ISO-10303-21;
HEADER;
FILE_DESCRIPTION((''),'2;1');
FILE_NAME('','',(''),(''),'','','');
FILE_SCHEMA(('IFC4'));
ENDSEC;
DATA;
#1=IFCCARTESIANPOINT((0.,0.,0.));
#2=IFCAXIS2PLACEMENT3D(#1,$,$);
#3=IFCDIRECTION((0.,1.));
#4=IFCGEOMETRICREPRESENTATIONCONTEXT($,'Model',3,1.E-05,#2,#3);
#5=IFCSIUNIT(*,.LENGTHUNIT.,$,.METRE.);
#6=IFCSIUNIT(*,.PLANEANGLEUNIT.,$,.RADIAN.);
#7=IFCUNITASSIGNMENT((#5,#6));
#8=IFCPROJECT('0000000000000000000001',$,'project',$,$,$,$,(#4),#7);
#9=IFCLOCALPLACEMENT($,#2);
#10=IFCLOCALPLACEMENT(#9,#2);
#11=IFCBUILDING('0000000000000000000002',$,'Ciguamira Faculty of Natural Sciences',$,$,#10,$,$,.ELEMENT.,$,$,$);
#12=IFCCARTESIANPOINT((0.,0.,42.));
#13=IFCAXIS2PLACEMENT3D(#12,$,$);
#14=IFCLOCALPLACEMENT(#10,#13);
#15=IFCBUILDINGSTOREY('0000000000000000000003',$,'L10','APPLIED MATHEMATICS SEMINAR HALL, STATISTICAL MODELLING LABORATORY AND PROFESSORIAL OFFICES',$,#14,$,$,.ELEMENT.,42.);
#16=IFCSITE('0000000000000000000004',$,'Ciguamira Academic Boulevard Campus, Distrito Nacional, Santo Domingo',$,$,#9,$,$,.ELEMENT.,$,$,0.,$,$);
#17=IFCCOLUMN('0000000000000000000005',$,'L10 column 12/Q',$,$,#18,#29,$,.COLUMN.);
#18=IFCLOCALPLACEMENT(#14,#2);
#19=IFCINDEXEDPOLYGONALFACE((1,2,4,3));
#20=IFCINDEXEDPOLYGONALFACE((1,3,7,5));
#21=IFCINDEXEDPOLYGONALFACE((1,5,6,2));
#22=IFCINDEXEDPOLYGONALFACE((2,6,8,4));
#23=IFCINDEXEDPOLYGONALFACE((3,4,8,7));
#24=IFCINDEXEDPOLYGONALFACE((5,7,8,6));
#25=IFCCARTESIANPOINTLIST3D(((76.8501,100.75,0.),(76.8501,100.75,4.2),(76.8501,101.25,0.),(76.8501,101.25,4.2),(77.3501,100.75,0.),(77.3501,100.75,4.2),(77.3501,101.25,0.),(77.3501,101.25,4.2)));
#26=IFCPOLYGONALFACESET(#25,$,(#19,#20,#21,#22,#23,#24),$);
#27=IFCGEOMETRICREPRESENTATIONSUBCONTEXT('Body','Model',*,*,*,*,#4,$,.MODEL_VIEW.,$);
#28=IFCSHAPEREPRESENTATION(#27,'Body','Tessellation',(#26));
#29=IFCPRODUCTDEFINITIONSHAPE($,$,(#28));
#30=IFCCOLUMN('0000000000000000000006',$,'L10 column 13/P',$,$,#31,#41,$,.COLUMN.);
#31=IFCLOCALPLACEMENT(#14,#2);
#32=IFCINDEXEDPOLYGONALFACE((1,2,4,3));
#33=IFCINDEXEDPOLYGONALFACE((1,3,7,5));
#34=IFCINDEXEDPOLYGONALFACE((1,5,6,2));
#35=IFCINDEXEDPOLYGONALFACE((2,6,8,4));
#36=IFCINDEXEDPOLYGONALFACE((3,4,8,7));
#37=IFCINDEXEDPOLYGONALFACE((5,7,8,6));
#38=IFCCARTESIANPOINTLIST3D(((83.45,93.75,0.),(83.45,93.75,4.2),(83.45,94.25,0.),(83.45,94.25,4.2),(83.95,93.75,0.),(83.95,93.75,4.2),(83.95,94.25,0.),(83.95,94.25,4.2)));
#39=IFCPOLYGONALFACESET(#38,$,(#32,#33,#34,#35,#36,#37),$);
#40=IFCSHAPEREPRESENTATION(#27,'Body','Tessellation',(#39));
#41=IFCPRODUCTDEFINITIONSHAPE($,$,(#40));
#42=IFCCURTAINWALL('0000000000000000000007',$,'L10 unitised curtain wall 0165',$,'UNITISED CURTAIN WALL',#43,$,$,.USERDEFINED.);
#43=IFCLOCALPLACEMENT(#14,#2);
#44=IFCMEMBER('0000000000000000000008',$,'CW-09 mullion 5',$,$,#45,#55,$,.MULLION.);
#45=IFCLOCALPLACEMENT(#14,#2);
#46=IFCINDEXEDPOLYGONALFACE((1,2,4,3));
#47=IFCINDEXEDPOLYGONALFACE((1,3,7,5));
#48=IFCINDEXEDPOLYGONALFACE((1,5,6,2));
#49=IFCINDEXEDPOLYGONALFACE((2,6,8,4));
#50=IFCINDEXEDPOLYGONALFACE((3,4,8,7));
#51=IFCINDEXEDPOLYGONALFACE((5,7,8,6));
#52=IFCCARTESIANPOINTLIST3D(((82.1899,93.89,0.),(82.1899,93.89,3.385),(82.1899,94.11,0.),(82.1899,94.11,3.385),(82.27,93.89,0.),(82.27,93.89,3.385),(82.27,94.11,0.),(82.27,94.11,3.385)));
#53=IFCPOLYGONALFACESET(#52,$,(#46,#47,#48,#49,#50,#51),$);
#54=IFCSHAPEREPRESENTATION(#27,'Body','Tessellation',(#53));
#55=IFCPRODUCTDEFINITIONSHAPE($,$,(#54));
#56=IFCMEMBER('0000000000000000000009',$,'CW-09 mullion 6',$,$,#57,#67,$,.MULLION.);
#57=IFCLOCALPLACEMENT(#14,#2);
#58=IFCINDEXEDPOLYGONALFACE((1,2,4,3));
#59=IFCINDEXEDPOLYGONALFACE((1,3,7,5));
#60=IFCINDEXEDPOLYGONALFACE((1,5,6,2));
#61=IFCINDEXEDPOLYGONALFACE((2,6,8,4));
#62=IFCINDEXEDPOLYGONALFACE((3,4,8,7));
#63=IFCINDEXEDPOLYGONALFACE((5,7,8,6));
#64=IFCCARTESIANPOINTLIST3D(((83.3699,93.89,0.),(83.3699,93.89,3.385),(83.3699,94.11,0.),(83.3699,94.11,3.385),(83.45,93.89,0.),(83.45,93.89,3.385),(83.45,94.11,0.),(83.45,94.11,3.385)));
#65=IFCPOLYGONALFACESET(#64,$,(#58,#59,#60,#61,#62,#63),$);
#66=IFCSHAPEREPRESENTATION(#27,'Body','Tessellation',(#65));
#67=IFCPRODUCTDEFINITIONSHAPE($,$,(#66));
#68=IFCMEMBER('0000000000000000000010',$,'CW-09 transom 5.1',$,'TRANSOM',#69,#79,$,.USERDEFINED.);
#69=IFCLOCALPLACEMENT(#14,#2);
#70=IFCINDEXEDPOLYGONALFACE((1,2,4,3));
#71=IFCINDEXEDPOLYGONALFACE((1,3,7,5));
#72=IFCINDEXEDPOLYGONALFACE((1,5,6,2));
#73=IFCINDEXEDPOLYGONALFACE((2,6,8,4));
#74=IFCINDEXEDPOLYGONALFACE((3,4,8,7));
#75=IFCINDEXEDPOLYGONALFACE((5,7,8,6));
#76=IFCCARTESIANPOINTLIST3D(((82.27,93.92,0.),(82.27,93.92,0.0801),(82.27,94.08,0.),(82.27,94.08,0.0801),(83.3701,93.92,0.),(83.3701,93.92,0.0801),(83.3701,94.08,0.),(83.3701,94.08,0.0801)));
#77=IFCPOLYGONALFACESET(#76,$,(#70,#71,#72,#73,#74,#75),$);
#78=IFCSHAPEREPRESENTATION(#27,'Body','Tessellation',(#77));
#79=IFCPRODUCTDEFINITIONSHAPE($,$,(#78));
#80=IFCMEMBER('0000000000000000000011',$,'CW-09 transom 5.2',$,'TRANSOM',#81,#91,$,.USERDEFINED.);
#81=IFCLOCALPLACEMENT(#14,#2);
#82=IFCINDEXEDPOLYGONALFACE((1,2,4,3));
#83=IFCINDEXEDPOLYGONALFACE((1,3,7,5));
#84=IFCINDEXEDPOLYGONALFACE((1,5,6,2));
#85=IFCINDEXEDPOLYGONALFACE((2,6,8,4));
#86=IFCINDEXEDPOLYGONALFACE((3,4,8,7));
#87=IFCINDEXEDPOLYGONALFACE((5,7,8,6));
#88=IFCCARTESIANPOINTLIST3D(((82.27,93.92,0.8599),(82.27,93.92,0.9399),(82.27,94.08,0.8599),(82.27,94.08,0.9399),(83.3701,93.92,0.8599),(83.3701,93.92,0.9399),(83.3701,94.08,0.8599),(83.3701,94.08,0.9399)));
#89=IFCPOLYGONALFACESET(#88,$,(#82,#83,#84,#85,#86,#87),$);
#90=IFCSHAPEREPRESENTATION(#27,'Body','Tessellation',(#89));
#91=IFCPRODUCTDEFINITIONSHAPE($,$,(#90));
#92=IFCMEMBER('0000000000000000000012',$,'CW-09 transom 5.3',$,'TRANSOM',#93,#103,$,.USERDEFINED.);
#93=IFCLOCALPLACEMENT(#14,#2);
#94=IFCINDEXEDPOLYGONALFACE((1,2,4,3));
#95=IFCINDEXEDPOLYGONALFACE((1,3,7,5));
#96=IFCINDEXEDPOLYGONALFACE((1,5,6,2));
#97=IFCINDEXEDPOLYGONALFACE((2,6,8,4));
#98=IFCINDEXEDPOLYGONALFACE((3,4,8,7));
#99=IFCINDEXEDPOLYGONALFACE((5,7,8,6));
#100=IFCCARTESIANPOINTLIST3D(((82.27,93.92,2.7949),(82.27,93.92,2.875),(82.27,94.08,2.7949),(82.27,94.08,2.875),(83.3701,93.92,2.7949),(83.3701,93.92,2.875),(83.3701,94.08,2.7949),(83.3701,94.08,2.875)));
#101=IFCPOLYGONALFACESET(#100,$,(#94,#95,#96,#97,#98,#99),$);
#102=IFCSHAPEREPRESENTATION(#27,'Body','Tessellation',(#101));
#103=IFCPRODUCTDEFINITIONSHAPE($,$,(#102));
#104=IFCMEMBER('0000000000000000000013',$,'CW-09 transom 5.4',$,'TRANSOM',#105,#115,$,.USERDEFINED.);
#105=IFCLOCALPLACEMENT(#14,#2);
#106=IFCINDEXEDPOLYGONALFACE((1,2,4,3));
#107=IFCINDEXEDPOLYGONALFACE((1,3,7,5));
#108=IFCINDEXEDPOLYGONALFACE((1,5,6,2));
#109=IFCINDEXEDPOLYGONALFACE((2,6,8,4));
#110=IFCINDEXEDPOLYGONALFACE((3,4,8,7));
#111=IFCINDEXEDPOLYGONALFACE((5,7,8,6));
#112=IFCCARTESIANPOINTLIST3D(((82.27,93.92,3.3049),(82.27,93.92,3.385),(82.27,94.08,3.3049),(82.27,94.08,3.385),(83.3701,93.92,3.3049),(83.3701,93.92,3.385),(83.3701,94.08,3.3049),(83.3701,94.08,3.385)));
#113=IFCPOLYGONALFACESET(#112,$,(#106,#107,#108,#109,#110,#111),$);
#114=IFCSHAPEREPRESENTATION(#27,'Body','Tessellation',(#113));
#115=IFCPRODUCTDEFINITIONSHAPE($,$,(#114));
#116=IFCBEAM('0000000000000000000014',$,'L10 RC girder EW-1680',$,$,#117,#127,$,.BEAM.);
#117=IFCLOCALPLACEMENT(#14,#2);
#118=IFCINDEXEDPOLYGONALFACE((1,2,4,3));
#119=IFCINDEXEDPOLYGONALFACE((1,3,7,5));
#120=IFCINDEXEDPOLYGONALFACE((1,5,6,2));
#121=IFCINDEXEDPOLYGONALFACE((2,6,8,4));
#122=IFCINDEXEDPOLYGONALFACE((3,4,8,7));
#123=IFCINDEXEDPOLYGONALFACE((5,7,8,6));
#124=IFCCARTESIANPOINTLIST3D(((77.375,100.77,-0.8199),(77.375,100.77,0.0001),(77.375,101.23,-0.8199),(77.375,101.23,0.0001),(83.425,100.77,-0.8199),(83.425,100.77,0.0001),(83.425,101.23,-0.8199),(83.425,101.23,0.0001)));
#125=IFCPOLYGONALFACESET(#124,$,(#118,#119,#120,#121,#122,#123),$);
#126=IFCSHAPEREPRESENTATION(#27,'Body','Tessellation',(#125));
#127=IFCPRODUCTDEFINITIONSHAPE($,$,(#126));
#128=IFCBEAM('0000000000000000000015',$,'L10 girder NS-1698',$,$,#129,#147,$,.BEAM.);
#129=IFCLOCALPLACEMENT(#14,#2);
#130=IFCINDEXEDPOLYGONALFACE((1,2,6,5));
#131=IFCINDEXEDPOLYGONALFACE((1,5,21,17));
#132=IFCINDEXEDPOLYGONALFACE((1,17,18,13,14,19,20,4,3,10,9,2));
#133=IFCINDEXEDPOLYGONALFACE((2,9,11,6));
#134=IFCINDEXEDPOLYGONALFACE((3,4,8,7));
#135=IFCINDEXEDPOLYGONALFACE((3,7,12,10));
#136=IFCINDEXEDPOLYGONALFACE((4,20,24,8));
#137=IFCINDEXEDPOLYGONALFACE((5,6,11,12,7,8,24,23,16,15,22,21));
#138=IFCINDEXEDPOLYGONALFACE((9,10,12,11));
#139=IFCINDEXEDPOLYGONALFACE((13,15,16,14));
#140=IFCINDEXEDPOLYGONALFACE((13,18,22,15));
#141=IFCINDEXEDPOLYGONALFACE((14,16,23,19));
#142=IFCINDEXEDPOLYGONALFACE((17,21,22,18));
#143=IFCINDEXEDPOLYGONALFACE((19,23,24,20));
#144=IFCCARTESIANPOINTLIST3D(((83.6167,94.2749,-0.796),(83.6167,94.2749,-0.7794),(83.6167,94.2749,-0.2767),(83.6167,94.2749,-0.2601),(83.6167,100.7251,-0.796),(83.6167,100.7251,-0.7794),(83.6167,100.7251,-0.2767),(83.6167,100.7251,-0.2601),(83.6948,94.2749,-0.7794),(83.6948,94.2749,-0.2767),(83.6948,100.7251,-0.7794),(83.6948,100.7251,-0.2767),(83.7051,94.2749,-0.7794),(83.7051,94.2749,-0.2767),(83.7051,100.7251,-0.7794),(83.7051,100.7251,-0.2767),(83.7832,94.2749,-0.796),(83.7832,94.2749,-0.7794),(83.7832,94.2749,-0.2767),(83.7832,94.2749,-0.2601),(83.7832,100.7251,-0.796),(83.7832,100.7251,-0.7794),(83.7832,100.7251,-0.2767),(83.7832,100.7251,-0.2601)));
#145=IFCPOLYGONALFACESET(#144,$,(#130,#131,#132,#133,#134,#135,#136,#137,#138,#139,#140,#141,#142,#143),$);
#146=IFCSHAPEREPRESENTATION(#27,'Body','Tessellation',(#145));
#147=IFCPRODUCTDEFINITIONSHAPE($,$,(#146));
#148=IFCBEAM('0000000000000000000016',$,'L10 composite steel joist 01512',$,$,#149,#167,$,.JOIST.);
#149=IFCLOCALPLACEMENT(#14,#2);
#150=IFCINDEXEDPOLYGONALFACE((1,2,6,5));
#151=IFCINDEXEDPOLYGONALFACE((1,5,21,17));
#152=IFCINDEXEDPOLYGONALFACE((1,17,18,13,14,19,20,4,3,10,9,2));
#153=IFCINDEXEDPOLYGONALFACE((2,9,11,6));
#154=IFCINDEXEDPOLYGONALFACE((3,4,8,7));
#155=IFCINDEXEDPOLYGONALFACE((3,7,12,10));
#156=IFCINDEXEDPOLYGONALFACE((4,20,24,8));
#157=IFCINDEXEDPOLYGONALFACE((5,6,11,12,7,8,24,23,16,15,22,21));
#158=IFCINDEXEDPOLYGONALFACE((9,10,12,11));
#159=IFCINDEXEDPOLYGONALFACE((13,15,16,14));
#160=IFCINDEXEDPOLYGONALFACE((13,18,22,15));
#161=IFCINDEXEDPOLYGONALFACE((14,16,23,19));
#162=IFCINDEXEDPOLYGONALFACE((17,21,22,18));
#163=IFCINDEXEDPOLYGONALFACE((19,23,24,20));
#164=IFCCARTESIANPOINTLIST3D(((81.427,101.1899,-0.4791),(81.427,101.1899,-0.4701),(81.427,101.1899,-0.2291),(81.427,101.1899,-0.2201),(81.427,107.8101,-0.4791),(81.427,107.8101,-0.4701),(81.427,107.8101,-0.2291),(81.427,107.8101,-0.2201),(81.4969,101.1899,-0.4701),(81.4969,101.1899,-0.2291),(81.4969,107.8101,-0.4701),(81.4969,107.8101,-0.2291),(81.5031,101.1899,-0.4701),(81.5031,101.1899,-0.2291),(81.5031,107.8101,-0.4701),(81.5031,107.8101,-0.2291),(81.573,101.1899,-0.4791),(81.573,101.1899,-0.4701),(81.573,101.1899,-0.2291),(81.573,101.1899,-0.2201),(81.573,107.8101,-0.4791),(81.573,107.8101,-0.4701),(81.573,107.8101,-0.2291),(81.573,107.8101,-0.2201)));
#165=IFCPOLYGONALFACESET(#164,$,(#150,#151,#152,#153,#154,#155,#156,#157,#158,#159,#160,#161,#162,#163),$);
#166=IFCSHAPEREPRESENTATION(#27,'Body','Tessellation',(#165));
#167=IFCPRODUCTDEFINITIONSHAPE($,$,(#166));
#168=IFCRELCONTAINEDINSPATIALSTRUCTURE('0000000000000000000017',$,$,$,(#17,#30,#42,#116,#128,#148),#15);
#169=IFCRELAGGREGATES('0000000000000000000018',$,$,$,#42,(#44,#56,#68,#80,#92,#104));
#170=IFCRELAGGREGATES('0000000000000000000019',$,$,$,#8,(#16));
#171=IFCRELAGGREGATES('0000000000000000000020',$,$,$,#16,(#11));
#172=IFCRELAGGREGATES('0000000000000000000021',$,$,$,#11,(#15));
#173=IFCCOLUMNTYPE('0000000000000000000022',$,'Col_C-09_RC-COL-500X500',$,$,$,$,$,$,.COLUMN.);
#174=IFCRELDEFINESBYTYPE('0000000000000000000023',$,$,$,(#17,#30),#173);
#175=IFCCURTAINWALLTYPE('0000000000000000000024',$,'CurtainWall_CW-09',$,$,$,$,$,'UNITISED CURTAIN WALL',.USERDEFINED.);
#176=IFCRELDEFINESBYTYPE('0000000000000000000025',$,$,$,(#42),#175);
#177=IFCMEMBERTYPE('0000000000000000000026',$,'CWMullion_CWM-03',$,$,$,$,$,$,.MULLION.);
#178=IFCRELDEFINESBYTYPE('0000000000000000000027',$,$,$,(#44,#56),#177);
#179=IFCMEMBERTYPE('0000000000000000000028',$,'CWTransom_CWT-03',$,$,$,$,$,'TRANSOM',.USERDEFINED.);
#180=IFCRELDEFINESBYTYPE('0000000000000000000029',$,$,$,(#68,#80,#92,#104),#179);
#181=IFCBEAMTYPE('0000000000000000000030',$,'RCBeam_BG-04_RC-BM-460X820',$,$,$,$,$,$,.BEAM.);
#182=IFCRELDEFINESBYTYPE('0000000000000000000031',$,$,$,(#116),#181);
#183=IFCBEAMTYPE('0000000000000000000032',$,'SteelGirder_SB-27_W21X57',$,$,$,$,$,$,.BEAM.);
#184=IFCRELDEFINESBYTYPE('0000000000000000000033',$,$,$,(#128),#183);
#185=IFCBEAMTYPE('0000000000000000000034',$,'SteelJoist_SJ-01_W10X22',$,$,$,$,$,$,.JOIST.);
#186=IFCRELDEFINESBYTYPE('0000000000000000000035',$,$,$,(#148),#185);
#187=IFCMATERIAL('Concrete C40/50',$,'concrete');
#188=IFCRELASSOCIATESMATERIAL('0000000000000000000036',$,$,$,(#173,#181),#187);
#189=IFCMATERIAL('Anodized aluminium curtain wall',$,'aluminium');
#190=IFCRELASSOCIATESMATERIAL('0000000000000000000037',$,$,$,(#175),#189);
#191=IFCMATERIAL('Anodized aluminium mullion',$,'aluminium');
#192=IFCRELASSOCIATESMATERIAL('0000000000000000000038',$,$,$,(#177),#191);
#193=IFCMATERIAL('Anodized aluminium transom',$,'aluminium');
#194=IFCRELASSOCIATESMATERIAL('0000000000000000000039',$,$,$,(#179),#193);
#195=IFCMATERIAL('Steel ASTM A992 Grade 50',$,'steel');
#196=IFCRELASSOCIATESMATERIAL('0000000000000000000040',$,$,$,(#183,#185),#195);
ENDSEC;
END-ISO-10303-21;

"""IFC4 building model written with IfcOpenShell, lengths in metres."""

from ifc_helpers import new_model, si_unit, direction, frame, origin, origin_2d, place, context, subcontext, project, spatial, rectangle, i_section, extrude, material, material_profile, profile_set, type_object, element, aggregate, save


model = new_model("IFC4")

# Units and contexts
model_context = context("Model", 3, precision=1e-05, world=origin(), true_north=direction((0.0, 1.0)))
body_context = subcontext(model_context, "Body", "Model", "MODEL_VIEW")
ifc_project = project(units=[si_unit("LENGTHUNIT", "METRE"), si_unit("PLANEANGLEUNIT", "RADIAN")], contexts=[model_context])

# Site, building, storey
site_placement = place(None, origin())
site = spatial("IfcSite", under=ifc_project, at=site_placement, Name="Ciguamira Academic Boulevard Campus, Distrito Nacional, Santo Domingo", CompositionType="ELEMENT", RefElevation=0.0)
building_placement = place(site_placement, origin())
building = spatial("IfcBuilding", under=site, at=building_placement, Name="Ciguamira Faculty of Natural Sciences", CompositionType="ELEMENT")
storey_placement = place(building_placement, frame((0.0, 0.0, 42.0)))
storey = spatial("IfcBuildingStorey", under=building, at=storey_placement, Name="L10", Description="APPLIED MATHEMATICS SEMINAR HALL, STATISTICAL MODELLING LABORATORY AND PROFESSORIAL OFFICES", CompositionType="ELEMENT", Elevation=42.0)

# Columns
ifc_material_1 = material(Name="Concrete C40/50", Category="concrete")
ifc_material_profile_1 = material_profile(ifc_material_1, rectangle(XDim=0.5, YDim=0.5, at=origin_2d()), Name="RC-COL-500X500")
ifc_profile_set_1 = profile_set([ifc_material_profile_1], Name="Concrete C40/50")
column_type = type_object("IfcColumnType", Name="Col_C-09_RC-COL-500X500", PredefinedType="COLUMN", material=ifc_profile_set_1)
for number, where, z_axis, x_axis, name in (
    (1, (77.1001, 101.0, 0.0), (0.0, 0.0, 1.0), (1.0, 0.0, 0.0), "L10 column 12/Q"),
    (2, (83.7, 94.0, 0.0), (0.0, 0.0, 1.0), (1.0, 0.0, 0.0), "L10 column 13/P"),
):
    element("IfcColumn", number, at=place(storey_placement, frame(where, z_axis=z_axis, x_axis=x_axis)), inside=storey, type_object=column_type, Name=name, PredefinedType="COLUMN", context=body_context, shape_type="SweptSolid", body=[
        extrude(rectangle(XDim=0.5, YDim=0.5, at=origin_2d()), origin(), (0.0, 0.0, 1.0), 4.2),
    ])

# Curtain wall, members
ifc_material_2 = material(Name="Anodized aluminium curtain wall", Category="aluminium")
curtain_wall_type = type_object("IfcCurtainWallType", Name="CurtainWall_CW-09", ElementType="UNITISED CURTAIN WALL", PredefinedType="USERDEFINED", material=ifc_material_2)
curtain_wall_placement = place(storey_placement, origin())
curtain_wall = element("IfcCurtainWall", 3, at=curtain_wall_placement, inside=storey, type_object=curtain_wall_type, Name="L10 unitised curtain wall 0165", ObjectType="UNITISED CURTAIN WALL", PredefinedType="USERDEFINED")
ifc_material_3 = material(Name="Anodized aluminium mullion", Category="aluminium")
ifc_material_profile_2 = material_profile(ifc_material_3, rectangle(XDim=0.0801, YDim=0.22, at=origin_2d()), Name="ALU-MUL-80X220")
ifc_profile_set_2 = profile_set([ifc_material_profile_2], Name="Anodized aluminium mullion")
member_type_1 = type_object("IfcMemberType", Name="CWMullion_CWM-03", PredefinedType="MULLION", material=ifc_profile_set_2)
member_1_placement = place(storey_placement, frame((82.23, 94.0, 0.0), z_axis=(0.0, 0.0, 1.0), x_axis=(1.0, 0.0, 0.0)))
member_1 = element("IfcMember", 4, at=member_1_placement, type_object=member_type_1, Name="CW-09 mullion 5", PredefinedType="MULLION", context=body_context, shape_type="SweptSolid", body=[
    extrude(rectangle(XDim=0.0801, YDim=0.22, at=origin_2d()), origin(), (0.0, 0.0, 1.0), 3.385),
])
member_2_placement = place(storey_placement, frame((83.4099, 94.0, 0.0), z_axis=(0.0, 0.0, 1.0), x_axis=(1.0, 0.0, 0.0)))
member_2 = element("IfcMember", 5, at=member_2_placement, type_object=member_type_1, Name="CW-09 mullion 6", PredefinedType="MULLION", context=body_context, shape_type="SweptSolid", body=[
    extrude(rectangle(XDim=0.0801, YDim=0.22, at=origin_2d()), origin(), (0.0, 0.0, 1.0), 3.385),
])
ifc_material_4 = material(Name="Anodized aluminium transom", Category="aluminium")
ifc_material_profile_3 = material_profile(ifc_material_4, rectangle(XDim=0.0801, YDim=0.1599, at=origin_2d()), Name="ALU-TRN-80X160")
ifc_profile_set_3 = profile_set([ifc_material_profile_3], Name="Anodized aluminium transom")
member_type_2 = type_object("IfcMemberType", Name="CWTransom_CWT-03", ElementType="TRANSOM", PredefinedType="USERDEFINED", material=ifc_profile_set_3)
member_3_placement = place(storey_placement, frame((82.27, 94.0, 0.04), z_axis=(1.0, 0.0, 0.0), x_axis=(0.0, 0.0, 1.0)))
member_3 = element("IfcMember", 6, at=member_3_placement, type_object=member_type_2, Name="CW-09 transom 5.1", ObjectType="TRANSOM", PredefinedType="USERDEFINED", context=body_context, shape_type="SweptSolid", body=[
    extrude(rectangle(XDim=0.0801, YDim=0.1599, at=origin_2d()), origin(), (0.0, 0.0, 1.0), 1.1001),
])
member_4_placement = place(storey_placement, frame((82.27, 94.0, 0.8999), z_axis=(1.0, 0.0, 0.0), x_axis=(0.0, 0.0, 1.0)))
member_4 = element("IfcMember", 7, at=member_4_placement, type_object=member_type_2, Name="CW-09 transom 5.2", ObjectType="TRANSOM", PredefinedType="USERDEFINED", context=body_context, shape_type="SweptSolid", body=[
    extrude(rectangle(XDim=0.0801, YDim=0.1599, at=origin_2d()), origin(), (0.0, 0.0, 1.0), 1.1001),
])
member_5_placement = place(storey_placement, frame((82.27, 94.0, 2.835), z_axis=(1.0, 0.0, 0.0), x_axis=(0.0, 0.0, 1.0)))
member_5 = element("IfcMember", 8, at=member_5_placement, type_object=member_type_2, Name="CW-09 transom 5.3", ObjectType="TRANSOM", PredefinedType="USERDEFINED", context=body_context, shape_type="SweptSolid", body=[
    extrude(rectangle(XDim=0.0801, YDim=0.1599, at=origin_2d()), origin(), (0.0, 0.0, 1.0), 1.1001),
])
member_6_placement = place(storey_placement, frame((82.27, 94.0, 3.345), z_axis=(1.0, 0.0, 0.0), x_axis=(0.0, 0.0, 1.0)))
member_6 = element("IfcMember", 9, at=member_6_placement, type_object=member_type_2, Name="CW-09 transom 5.4", ObjectType="TRANSOM", PredefinedType="USERDEFINED", context=body_context, shape_type="SweptSolid", body=[
    extrude(rectangle(XDim=0.0801, YDim=0.1599, at=origin_2d()), origin(), (0.0, 0.0, 1.0), 1.1001),
])

# Beams
ifc_material_profile_4 = material_profile(ifc_material_1, rectangle(XDim=0.46, YDim=0.8201, at=origin_2d()), Name="RC-BM-460X820")
ifc_profile_set_4 = profile_set([ifc_material_profile_4], Name="Concrete C40/50")
beam_type_1 = type_object("IfcBeamType", Name="RCBeam_BG-04_RC-BM-460X820", PredefinedType="BEAM", material=ifc_profile_set_4)
beam_1_placement = place(storey_placement, frame((77.375, 101.0, -0.4099), z_axis=(1.0, 0.0, 0.0), x_axis=(0.0, 1.0, 0.0)))
element("IfcBeam", 10, at=beam_1_placement, inside=storey, type_object=beam_type_1, Name="L10 RC girder EW-1680", PredefinedType="BEAM", context=body_context, shape_type="SweptSolid", body=[
    extrude(rectangle(XDim=0.46, YDim=0.8201, at=origin_2d()), origin(), (0.0, 0.0, 1.0), 6.05),
])
ifc_material_5 = material(Name="Steel ASTM A992 Grade 50", Category="steel")
ifc_material_profile_5 = material_profile(ifc_material_5, i_section(OverallWidth=0.1665, OverallDepth=0.5359, WebThickness=0.0103, FlangeThickness=0.0166, at=origin_2d()), Name="W21X57")
ifc_profile_set_5 = profile_set([ifc_material_profile_5], Name="Steel ASTM A992 Grade 50")
beam_type_2 = type_object("IfcBeamType", Name="SteelGirder_SB-27_W21X57", PredefinedType="BEAM", material=ifc_profile_set_5)
beam_2_placement = place(storey_placement, frame((83.7, 94.2749, -0.5281), z_axis=(0.0, 1.0, 0.0), x_axis=(-1.0, 0.0, 0.0)))
element("IfcBeam", 11, at=beam_2_placement, inside=storey, type_object=beam_type_2, Name="L10 girder NS-1698", PredefinedType="BEAM", context=body_context, shape_type="SweptSolid", body=[
    extrude(i_section(OverallWidth=0.1665, OverallDepth=0.5359, WebThickness=0.0103, FlangeThickness=0.0166, at=origin_2d()), origin(), (0.0, 0.0, 1.0), 6.4502),
])
ifc_material_profile_6 = material_profile(ifc_material_5, i_section(OverallWidth=0.146, OverallDepth=0.259, WebThickness=0.0061, FlangeThickness=0.009, at=origin_2d()), Name="W10X22")
ifc_profile_set_6 = profile_set([ifc_material_profile_6], Name="Steel ASTM A992 Grade 50")
beam_type_3 = type_object("IfcBeamType", Name="SteelJoist_SJ-01_W10X22", PredefinedType="JOIST", material=ifc_profile_set_6)
beam_3_placement = place(storey_placement, frame((81.5, 101.1899, -0.3496), z_axis=(0.0, 1.0, 0.0), x_axis=(-1.0, 0.0, 0.0)))
element("IfcBeam", 12, at=beam_3_placement, inside=storey, type_object=beam_type_3, Name="L10 composite steel joist 01512", PredefinedType="JOIST", context=body_context, shape_type="SweptSolid", body=[
    extrude(i_section(OverallWidth=0.146, OverallDepth=0.259, WebThickness=0.0061, FlangeThickness=0.009, at=origin_2d()), origin(), (0.0, 0.0, 1.0), 6.6201),
])

aggregate(curtain_wall, [member_1, member_2, member_3, member_4, member_5, member_6])

save(model, "model.ifc")
